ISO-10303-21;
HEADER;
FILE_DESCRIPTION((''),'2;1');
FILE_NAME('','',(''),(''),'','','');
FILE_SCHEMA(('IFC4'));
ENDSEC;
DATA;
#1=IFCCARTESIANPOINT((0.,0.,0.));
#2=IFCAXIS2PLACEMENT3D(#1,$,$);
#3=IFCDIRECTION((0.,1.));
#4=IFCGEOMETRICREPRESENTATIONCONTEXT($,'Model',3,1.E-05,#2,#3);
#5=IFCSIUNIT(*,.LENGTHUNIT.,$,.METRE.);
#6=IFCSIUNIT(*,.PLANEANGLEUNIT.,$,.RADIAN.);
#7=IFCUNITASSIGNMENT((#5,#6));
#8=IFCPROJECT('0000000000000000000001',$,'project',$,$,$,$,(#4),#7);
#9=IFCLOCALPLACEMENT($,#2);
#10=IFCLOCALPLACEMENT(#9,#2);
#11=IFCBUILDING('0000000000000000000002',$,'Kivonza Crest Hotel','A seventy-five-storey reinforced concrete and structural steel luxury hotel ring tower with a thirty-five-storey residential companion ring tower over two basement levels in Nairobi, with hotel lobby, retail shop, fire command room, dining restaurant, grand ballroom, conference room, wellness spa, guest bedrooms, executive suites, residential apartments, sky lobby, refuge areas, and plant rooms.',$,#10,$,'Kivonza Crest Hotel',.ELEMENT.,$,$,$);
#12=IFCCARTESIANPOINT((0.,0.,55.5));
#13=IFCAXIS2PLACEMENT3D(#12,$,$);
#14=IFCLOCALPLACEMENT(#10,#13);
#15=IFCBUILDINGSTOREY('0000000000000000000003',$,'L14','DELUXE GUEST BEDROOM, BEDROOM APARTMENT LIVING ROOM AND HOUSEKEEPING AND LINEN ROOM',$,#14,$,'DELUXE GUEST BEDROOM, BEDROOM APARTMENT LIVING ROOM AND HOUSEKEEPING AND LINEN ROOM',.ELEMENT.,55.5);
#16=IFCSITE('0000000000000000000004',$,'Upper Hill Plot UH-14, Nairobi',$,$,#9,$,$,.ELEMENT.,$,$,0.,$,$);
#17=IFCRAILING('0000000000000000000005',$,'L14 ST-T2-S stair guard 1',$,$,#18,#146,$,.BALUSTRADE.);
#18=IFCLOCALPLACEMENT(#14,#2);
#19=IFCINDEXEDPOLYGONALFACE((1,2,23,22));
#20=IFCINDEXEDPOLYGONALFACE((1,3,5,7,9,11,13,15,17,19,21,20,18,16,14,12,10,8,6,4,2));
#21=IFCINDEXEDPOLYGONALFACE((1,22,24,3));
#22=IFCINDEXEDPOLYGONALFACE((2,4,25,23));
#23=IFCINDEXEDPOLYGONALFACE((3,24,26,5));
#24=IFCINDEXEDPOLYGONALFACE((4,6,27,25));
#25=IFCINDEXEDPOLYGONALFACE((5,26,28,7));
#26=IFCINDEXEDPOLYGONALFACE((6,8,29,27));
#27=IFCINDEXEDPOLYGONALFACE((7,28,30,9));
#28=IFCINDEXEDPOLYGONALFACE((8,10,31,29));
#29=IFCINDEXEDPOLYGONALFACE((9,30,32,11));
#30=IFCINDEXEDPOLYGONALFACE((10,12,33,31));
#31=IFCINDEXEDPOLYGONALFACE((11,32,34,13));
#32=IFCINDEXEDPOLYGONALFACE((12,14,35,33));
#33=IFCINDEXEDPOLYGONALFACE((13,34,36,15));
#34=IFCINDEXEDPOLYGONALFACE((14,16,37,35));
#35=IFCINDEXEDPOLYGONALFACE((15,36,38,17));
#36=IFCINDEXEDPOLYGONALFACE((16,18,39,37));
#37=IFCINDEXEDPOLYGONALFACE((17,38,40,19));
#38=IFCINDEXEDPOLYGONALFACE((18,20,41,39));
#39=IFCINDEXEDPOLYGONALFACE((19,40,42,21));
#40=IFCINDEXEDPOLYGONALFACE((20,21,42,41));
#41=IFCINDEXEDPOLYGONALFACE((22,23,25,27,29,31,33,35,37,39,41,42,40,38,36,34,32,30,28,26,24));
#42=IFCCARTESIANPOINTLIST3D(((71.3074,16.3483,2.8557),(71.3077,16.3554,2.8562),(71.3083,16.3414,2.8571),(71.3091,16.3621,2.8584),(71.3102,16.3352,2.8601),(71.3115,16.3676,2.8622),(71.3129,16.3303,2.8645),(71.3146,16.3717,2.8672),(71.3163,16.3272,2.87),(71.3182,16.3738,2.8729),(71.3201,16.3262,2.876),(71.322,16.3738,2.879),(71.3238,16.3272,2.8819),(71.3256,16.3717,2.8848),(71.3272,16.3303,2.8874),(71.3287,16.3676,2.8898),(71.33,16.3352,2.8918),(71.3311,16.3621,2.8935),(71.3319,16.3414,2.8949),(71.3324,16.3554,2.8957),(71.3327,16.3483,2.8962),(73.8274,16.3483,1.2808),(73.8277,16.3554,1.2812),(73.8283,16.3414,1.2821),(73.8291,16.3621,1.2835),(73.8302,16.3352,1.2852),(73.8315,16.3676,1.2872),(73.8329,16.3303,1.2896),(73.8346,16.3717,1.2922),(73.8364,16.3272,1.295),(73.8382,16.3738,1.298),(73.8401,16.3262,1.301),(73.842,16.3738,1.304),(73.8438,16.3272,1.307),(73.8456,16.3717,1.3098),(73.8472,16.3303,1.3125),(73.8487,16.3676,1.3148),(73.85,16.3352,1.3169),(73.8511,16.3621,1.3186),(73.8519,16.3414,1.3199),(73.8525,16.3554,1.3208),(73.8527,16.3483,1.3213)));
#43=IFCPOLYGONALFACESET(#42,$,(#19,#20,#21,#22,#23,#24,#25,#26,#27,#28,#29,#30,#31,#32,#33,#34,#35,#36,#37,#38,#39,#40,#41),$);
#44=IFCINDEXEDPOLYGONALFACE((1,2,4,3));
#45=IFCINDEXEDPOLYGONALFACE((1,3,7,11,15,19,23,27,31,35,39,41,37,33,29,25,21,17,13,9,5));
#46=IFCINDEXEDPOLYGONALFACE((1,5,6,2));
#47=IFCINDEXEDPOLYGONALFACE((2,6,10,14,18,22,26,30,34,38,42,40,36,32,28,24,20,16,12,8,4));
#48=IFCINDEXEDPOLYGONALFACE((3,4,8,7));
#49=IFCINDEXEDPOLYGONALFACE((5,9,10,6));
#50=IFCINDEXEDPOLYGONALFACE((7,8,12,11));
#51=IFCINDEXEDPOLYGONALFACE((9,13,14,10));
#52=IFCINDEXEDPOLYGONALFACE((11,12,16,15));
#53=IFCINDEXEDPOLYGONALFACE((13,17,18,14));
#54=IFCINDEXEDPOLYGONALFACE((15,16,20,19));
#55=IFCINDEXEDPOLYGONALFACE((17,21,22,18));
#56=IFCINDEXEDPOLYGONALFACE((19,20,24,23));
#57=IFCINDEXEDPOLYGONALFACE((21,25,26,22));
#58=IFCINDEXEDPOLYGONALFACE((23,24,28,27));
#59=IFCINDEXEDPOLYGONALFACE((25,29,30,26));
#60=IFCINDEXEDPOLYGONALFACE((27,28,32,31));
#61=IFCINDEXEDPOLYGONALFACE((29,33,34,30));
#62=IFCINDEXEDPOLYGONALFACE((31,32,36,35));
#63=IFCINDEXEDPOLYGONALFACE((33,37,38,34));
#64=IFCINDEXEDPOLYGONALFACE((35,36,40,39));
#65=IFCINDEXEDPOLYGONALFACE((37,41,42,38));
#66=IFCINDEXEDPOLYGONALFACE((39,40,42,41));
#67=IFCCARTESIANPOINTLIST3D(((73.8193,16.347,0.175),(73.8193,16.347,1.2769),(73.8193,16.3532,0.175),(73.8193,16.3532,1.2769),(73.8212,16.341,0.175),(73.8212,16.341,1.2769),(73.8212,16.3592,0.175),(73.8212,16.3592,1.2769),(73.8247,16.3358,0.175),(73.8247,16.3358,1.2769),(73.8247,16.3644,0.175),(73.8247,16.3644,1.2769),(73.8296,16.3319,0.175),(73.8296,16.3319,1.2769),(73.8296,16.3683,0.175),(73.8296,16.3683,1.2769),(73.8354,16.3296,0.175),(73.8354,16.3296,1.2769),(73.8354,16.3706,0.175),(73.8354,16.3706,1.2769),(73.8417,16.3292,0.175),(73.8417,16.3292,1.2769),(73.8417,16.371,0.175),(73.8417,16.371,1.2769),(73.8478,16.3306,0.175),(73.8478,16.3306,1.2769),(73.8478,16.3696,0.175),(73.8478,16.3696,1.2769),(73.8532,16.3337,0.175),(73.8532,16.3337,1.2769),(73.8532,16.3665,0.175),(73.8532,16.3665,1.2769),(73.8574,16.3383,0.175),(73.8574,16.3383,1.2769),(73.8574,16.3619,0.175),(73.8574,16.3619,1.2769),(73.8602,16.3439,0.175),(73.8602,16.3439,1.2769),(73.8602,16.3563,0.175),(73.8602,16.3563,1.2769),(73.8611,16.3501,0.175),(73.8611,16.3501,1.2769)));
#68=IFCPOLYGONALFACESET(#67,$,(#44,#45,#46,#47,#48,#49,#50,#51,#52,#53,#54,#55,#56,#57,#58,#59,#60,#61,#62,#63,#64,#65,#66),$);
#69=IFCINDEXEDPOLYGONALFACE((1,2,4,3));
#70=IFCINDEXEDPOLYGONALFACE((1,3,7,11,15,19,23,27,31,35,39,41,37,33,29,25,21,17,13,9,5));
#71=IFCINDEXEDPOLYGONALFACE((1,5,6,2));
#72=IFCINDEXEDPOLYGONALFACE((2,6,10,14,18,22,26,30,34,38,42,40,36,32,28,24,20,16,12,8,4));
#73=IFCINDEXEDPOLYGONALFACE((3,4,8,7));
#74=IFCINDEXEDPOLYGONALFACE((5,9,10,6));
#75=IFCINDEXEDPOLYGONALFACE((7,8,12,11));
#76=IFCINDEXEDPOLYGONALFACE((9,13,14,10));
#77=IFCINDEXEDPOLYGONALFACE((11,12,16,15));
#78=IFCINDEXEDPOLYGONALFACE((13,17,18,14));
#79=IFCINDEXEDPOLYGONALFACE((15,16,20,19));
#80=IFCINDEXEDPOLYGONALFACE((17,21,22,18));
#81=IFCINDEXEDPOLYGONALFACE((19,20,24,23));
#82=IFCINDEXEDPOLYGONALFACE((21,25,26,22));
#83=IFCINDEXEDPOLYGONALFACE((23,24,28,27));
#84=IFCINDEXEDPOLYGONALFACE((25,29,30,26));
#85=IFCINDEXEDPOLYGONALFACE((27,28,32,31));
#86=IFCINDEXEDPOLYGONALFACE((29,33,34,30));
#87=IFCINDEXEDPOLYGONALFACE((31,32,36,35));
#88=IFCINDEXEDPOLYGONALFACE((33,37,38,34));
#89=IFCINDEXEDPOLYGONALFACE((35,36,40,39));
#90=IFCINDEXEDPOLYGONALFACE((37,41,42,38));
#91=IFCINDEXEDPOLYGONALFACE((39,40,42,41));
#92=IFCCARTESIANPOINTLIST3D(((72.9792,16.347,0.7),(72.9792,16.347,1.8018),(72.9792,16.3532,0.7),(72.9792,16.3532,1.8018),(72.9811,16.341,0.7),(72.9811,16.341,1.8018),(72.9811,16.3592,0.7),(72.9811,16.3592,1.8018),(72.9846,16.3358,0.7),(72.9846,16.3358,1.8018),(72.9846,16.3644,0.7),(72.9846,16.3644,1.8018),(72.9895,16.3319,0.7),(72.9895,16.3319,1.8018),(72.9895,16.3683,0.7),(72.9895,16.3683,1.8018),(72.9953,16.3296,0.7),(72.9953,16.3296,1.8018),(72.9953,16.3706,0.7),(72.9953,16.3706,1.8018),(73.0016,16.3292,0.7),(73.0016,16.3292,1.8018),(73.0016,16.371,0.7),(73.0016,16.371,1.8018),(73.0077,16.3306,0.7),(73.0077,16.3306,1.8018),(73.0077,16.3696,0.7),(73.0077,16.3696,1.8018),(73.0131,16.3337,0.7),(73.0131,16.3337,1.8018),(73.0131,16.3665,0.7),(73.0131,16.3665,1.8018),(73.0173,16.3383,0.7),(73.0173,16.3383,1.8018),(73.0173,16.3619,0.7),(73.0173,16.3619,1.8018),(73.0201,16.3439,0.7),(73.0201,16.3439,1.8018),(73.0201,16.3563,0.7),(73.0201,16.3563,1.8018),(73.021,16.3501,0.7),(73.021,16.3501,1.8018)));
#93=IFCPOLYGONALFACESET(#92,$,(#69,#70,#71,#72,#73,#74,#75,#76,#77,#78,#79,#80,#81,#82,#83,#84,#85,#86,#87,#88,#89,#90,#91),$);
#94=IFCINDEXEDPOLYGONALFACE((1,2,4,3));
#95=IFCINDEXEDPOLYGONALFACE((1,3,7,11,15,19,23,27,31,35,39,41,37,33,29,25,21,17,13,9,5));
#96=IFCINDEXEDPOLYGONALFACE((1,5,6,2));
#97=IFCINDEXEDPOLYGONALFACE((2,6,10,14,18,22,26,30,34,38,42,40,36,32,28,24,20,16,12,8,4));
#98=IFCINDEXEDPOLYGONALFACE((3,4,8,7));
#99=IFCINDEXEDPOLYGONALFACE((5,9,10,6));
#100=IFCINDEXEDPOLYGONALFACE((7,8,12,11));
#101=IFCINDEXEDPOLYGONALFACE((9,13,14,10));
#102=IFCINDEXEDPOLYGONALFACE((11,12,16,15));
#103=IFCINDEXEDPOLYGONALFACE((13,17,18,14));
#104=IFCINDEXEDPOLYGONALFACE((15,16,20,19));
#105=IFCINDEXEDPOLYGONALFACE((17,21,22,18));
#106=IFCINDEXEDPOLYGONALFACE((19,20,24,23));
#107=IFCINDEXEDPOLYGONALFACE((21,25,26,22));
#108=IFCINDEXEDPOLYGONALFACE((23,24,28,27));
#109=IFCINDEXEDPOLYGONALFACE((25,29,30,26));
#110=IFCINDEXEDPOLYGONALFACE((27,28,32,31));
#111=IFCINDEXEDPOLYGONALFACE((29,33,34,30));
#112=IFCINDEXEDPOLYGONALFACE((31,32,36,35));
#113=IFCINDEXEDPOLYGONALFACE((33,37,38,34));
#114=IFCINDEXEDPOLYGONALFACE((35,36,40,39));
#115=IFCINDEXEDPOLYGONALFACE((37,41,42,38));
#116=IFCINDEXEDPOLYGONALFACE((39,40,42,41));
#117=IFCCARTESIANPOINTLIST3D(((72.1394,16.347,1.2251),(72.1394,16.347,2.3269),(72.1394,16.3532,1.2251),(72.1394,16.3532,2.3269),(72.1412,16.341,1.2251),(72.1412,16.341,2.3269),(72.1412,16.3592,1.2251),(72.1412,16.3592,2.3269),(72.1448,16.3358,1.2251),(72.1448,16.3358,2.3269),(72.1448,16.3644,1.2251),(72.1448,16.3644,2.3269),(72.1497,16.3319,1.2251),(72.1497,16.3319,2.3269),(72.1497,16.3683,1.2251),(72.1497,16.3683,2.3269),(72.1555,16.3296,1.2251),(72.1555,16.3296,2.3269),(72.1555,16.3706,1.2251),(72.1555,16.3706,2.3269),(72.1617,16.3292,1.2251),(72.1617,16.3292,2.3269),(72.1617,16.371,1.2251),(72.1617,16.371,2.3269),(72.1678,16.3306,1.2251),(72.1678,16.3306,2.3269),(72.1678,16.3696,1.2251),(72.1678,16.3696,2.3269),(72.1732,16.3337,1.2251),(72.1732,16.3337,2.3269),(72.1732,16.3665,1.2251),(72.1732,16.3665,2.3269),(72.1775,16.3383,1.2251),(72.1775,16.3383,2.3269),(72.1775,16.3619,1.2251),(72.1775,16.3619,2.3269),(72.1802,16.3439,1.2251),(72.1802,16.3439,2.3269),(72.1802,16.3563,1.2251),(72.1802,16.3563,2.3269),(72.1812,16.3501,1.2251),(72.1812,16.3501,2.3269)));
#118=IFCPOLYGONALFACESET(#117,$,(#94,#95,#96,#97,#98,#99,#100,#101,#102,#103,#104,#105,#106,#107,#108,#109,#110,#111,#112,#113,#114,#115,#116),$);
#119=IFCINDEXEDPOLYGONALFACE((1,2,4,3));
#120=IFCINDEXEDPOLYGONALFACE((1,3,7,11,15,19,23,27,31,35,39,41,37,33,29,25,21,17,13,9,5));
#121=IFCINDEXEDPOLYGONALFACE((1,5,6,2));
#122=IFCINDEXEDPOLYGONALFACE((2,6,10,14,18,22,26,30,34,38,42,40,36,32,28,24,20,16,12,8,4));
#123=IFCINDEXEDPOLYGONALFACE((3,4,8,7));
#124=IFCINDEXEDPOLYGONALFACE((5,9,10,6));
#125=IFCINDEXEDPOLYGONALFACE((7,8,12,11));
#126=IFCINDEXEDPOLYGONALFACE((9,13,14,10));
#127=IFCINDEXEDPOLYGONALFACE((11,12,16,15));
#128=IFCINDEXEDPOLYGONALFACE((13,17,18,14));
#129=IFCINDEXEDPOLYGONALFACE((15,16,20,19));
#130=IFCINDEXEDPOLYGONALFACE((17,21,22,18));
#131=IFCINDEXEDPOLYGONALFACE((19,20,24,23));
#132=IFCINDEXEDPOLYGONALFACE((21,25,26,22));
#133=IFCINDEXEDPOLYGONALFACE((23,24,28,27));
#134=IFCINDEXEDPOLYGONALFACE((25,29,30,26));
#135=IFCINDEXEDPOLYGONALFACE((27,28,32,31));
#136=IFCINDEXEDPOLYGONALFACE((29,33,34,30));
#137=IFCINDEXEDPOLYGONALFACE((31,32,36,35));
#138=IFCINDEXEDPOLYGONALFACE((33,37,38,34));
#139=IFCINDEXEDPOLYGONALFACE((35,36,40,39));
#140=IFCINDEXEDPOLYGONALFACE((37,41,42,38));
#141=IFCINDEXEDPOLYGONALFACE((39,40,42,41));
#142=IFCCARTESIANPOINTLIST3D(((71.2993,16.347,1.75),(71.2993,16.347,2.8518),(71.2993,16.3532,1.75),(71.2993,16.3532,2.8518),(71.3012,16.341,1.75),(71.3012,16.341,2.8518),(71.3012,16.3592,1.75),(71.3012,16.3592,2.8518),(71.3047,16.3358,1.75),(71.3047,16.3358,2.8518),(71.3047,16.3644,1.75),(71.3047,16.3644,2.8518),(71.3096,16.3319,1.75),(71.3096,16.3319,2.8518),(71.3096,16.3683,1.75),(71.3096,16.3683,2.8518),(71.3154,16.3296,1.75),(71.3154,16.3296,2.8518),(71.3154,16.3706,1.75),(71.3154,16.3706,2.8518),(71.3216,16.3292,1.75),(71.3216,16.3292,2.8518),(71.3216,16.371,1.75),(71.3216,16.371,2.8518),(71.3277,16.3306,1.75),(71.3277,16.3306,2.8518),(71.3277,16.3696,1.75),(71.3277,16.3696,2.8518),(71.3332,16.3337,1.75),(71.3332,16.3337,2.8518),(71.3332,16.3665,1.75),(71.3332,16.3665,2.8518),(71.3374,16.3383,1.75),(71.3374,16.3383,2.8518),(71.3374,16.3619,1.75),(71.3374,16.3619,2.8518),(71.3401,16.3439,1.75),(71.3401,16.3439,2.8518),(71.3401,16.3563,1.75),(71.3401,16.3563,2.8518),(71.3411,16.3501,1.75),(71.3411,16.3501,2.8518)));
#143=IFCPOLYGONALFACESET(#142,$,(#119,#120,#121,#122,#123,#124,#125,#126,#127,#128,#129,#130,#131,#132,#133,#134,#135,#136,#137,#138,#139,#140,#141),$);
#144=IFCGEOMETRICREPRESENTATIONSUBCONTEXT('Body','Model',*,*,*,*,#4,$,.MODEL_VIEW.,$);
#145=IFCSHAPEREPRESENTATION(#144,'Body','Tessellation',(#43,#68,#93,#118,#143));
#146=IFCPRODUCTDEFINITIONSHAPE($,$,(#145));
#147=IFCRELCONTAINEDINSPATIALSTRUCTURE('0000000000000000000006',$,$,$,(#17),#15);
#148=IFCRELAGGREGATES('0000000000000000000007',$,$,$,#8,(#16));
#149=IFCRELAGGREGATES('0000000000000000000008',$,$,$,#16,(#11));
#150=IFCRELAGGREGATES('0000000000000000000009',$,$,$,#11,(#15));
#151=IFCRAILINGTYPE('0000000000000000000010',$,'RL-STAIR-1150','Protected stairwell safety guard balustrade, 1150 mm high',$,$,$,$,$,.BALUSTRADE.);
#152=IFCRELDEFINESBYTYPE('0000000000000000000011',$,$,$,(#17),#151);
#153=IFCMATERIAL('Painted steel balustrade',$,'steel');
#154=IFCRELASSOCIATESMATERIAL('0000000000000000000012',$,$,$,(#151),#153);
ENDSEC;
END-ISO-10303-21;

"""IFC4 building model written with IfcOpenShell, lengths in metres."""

from ifc_helpers import new_model, si_unit, direction, frame, origin, origin_2d, place, context, subcontext, project, spatial, circle, extrude, material, type_object, element, save


model = new_model("IFC4")

# Units and contexts
model_context = context("Model", 3, precision=1e-05, world=origin(), true_north=direction((0.0, 1.0)))
body_context = subcontext(model_context, "Body", "Model", "MODEL_VIEW")
ifc_project = project(units=[si_unit("LENGTHUNIT", "METRE"), si_unit("PLANEANGLEUNIT", "RADIAN")], contexts=[model_context])

# Site, building, storey
site_placement = place(None, origin())
site = spatial("IfcSite", under=ifc_project, at=site_placement, Name="Upper Hill Plot UH-14, Nairobi", CompositionType="ELEMENT", RefElevation=0.0)
building_placement = place(site_placement, origin())
building = spatial("IfcBuilding", under=site, at=building_placement, Name="Kivonza Crest Hotel", Description="A seventy-five-storey reinforced concrete and structural steel luxury hotel ring tower with a thirty-five-storey residential companion ring tower over two basement levels in Nairobi, with hotel lobby, retail shop, fire command room, dining restaurant, grand ballroom, conference room, wellness spa, guest bedrooms, executive suites, residential apartments, sky lobby, refuge areas, and plant rooms.", LongName="Kivonza Crest Hotel", CompositionType="ELEMENT")
storey_placement = place(building_placement, frame((0.0, 0.0, 55.5)))
storey = spatial("IfcBuildingStorey", under=building, at=storey_placement, Name="L14", Description="DELUXE GUEST BEDROOM, BEDROOM APARTMENT LIVING ROOM AND HOUSEKEEPING AND LINEN ROOM", LongName="DELUXE GUEST BEDROOM, BEDROOM APARTMENT LIVING ROOM AND HOUSEKEEPING AND LINEN ROOM", CompositionType="ELEMENT", Elevation=55.5)

# Railing
ifc_material_1 = material(Name="Painted steel balustrade", Category="steel")
railing_type_1 = type_object("IfcRailingType", Name="RL-STAIR-1150", Description="Protected stairwell safety guard balustrade, 1150 mm high", PredefinedType="BALUSTRADE", material=ifc_material_1)
railing_1_placement = place(storey_placement, frame((73.8401, 16.3501, 0.175)))
element("IfcRailing", 1, at=railing_1_placement, inside=storey, type_object=railing_type_1, Name="L14 ST-T2-S stair guard 1", PredefinedType="BALUSTRADE", context=body_context, shape_type="SweptSolid", body=[
    extrude(circle(Radius=0.0239, at=origin_2d()), frame((0.0, 0.0, 1.126), z_axis=(-0.848008, 0.0, 0.529984), x_axis=(0.0, -1.0, 0.0)), (0.0, 0.0, 1.0), 2.9717),
    extrude(circle(Radius=0.021, at=origin_2d()), origin(), (0.0, 0.0, 1.0), 1.1018),
    extrude(circle(Radius=0.021, at=origin_2d()), frame((-0.8401, 0.0, 0.5249)), (0.0, 0.0, 1.0), 1.1018),
    extrude(circle(Radius=0.021, at=origin_2d()), frame((-1.6799, 0.0, 1.05)), (0.0, 0.0, 1.0), 1.1018),
    extrude(circle(Radius=0.021, at=origin_2d()), frame((-2.52, 0.0, 1.575)), (0.0, 0.0, 1.0), 1.1018),
])

save(model, "model.ifc")
